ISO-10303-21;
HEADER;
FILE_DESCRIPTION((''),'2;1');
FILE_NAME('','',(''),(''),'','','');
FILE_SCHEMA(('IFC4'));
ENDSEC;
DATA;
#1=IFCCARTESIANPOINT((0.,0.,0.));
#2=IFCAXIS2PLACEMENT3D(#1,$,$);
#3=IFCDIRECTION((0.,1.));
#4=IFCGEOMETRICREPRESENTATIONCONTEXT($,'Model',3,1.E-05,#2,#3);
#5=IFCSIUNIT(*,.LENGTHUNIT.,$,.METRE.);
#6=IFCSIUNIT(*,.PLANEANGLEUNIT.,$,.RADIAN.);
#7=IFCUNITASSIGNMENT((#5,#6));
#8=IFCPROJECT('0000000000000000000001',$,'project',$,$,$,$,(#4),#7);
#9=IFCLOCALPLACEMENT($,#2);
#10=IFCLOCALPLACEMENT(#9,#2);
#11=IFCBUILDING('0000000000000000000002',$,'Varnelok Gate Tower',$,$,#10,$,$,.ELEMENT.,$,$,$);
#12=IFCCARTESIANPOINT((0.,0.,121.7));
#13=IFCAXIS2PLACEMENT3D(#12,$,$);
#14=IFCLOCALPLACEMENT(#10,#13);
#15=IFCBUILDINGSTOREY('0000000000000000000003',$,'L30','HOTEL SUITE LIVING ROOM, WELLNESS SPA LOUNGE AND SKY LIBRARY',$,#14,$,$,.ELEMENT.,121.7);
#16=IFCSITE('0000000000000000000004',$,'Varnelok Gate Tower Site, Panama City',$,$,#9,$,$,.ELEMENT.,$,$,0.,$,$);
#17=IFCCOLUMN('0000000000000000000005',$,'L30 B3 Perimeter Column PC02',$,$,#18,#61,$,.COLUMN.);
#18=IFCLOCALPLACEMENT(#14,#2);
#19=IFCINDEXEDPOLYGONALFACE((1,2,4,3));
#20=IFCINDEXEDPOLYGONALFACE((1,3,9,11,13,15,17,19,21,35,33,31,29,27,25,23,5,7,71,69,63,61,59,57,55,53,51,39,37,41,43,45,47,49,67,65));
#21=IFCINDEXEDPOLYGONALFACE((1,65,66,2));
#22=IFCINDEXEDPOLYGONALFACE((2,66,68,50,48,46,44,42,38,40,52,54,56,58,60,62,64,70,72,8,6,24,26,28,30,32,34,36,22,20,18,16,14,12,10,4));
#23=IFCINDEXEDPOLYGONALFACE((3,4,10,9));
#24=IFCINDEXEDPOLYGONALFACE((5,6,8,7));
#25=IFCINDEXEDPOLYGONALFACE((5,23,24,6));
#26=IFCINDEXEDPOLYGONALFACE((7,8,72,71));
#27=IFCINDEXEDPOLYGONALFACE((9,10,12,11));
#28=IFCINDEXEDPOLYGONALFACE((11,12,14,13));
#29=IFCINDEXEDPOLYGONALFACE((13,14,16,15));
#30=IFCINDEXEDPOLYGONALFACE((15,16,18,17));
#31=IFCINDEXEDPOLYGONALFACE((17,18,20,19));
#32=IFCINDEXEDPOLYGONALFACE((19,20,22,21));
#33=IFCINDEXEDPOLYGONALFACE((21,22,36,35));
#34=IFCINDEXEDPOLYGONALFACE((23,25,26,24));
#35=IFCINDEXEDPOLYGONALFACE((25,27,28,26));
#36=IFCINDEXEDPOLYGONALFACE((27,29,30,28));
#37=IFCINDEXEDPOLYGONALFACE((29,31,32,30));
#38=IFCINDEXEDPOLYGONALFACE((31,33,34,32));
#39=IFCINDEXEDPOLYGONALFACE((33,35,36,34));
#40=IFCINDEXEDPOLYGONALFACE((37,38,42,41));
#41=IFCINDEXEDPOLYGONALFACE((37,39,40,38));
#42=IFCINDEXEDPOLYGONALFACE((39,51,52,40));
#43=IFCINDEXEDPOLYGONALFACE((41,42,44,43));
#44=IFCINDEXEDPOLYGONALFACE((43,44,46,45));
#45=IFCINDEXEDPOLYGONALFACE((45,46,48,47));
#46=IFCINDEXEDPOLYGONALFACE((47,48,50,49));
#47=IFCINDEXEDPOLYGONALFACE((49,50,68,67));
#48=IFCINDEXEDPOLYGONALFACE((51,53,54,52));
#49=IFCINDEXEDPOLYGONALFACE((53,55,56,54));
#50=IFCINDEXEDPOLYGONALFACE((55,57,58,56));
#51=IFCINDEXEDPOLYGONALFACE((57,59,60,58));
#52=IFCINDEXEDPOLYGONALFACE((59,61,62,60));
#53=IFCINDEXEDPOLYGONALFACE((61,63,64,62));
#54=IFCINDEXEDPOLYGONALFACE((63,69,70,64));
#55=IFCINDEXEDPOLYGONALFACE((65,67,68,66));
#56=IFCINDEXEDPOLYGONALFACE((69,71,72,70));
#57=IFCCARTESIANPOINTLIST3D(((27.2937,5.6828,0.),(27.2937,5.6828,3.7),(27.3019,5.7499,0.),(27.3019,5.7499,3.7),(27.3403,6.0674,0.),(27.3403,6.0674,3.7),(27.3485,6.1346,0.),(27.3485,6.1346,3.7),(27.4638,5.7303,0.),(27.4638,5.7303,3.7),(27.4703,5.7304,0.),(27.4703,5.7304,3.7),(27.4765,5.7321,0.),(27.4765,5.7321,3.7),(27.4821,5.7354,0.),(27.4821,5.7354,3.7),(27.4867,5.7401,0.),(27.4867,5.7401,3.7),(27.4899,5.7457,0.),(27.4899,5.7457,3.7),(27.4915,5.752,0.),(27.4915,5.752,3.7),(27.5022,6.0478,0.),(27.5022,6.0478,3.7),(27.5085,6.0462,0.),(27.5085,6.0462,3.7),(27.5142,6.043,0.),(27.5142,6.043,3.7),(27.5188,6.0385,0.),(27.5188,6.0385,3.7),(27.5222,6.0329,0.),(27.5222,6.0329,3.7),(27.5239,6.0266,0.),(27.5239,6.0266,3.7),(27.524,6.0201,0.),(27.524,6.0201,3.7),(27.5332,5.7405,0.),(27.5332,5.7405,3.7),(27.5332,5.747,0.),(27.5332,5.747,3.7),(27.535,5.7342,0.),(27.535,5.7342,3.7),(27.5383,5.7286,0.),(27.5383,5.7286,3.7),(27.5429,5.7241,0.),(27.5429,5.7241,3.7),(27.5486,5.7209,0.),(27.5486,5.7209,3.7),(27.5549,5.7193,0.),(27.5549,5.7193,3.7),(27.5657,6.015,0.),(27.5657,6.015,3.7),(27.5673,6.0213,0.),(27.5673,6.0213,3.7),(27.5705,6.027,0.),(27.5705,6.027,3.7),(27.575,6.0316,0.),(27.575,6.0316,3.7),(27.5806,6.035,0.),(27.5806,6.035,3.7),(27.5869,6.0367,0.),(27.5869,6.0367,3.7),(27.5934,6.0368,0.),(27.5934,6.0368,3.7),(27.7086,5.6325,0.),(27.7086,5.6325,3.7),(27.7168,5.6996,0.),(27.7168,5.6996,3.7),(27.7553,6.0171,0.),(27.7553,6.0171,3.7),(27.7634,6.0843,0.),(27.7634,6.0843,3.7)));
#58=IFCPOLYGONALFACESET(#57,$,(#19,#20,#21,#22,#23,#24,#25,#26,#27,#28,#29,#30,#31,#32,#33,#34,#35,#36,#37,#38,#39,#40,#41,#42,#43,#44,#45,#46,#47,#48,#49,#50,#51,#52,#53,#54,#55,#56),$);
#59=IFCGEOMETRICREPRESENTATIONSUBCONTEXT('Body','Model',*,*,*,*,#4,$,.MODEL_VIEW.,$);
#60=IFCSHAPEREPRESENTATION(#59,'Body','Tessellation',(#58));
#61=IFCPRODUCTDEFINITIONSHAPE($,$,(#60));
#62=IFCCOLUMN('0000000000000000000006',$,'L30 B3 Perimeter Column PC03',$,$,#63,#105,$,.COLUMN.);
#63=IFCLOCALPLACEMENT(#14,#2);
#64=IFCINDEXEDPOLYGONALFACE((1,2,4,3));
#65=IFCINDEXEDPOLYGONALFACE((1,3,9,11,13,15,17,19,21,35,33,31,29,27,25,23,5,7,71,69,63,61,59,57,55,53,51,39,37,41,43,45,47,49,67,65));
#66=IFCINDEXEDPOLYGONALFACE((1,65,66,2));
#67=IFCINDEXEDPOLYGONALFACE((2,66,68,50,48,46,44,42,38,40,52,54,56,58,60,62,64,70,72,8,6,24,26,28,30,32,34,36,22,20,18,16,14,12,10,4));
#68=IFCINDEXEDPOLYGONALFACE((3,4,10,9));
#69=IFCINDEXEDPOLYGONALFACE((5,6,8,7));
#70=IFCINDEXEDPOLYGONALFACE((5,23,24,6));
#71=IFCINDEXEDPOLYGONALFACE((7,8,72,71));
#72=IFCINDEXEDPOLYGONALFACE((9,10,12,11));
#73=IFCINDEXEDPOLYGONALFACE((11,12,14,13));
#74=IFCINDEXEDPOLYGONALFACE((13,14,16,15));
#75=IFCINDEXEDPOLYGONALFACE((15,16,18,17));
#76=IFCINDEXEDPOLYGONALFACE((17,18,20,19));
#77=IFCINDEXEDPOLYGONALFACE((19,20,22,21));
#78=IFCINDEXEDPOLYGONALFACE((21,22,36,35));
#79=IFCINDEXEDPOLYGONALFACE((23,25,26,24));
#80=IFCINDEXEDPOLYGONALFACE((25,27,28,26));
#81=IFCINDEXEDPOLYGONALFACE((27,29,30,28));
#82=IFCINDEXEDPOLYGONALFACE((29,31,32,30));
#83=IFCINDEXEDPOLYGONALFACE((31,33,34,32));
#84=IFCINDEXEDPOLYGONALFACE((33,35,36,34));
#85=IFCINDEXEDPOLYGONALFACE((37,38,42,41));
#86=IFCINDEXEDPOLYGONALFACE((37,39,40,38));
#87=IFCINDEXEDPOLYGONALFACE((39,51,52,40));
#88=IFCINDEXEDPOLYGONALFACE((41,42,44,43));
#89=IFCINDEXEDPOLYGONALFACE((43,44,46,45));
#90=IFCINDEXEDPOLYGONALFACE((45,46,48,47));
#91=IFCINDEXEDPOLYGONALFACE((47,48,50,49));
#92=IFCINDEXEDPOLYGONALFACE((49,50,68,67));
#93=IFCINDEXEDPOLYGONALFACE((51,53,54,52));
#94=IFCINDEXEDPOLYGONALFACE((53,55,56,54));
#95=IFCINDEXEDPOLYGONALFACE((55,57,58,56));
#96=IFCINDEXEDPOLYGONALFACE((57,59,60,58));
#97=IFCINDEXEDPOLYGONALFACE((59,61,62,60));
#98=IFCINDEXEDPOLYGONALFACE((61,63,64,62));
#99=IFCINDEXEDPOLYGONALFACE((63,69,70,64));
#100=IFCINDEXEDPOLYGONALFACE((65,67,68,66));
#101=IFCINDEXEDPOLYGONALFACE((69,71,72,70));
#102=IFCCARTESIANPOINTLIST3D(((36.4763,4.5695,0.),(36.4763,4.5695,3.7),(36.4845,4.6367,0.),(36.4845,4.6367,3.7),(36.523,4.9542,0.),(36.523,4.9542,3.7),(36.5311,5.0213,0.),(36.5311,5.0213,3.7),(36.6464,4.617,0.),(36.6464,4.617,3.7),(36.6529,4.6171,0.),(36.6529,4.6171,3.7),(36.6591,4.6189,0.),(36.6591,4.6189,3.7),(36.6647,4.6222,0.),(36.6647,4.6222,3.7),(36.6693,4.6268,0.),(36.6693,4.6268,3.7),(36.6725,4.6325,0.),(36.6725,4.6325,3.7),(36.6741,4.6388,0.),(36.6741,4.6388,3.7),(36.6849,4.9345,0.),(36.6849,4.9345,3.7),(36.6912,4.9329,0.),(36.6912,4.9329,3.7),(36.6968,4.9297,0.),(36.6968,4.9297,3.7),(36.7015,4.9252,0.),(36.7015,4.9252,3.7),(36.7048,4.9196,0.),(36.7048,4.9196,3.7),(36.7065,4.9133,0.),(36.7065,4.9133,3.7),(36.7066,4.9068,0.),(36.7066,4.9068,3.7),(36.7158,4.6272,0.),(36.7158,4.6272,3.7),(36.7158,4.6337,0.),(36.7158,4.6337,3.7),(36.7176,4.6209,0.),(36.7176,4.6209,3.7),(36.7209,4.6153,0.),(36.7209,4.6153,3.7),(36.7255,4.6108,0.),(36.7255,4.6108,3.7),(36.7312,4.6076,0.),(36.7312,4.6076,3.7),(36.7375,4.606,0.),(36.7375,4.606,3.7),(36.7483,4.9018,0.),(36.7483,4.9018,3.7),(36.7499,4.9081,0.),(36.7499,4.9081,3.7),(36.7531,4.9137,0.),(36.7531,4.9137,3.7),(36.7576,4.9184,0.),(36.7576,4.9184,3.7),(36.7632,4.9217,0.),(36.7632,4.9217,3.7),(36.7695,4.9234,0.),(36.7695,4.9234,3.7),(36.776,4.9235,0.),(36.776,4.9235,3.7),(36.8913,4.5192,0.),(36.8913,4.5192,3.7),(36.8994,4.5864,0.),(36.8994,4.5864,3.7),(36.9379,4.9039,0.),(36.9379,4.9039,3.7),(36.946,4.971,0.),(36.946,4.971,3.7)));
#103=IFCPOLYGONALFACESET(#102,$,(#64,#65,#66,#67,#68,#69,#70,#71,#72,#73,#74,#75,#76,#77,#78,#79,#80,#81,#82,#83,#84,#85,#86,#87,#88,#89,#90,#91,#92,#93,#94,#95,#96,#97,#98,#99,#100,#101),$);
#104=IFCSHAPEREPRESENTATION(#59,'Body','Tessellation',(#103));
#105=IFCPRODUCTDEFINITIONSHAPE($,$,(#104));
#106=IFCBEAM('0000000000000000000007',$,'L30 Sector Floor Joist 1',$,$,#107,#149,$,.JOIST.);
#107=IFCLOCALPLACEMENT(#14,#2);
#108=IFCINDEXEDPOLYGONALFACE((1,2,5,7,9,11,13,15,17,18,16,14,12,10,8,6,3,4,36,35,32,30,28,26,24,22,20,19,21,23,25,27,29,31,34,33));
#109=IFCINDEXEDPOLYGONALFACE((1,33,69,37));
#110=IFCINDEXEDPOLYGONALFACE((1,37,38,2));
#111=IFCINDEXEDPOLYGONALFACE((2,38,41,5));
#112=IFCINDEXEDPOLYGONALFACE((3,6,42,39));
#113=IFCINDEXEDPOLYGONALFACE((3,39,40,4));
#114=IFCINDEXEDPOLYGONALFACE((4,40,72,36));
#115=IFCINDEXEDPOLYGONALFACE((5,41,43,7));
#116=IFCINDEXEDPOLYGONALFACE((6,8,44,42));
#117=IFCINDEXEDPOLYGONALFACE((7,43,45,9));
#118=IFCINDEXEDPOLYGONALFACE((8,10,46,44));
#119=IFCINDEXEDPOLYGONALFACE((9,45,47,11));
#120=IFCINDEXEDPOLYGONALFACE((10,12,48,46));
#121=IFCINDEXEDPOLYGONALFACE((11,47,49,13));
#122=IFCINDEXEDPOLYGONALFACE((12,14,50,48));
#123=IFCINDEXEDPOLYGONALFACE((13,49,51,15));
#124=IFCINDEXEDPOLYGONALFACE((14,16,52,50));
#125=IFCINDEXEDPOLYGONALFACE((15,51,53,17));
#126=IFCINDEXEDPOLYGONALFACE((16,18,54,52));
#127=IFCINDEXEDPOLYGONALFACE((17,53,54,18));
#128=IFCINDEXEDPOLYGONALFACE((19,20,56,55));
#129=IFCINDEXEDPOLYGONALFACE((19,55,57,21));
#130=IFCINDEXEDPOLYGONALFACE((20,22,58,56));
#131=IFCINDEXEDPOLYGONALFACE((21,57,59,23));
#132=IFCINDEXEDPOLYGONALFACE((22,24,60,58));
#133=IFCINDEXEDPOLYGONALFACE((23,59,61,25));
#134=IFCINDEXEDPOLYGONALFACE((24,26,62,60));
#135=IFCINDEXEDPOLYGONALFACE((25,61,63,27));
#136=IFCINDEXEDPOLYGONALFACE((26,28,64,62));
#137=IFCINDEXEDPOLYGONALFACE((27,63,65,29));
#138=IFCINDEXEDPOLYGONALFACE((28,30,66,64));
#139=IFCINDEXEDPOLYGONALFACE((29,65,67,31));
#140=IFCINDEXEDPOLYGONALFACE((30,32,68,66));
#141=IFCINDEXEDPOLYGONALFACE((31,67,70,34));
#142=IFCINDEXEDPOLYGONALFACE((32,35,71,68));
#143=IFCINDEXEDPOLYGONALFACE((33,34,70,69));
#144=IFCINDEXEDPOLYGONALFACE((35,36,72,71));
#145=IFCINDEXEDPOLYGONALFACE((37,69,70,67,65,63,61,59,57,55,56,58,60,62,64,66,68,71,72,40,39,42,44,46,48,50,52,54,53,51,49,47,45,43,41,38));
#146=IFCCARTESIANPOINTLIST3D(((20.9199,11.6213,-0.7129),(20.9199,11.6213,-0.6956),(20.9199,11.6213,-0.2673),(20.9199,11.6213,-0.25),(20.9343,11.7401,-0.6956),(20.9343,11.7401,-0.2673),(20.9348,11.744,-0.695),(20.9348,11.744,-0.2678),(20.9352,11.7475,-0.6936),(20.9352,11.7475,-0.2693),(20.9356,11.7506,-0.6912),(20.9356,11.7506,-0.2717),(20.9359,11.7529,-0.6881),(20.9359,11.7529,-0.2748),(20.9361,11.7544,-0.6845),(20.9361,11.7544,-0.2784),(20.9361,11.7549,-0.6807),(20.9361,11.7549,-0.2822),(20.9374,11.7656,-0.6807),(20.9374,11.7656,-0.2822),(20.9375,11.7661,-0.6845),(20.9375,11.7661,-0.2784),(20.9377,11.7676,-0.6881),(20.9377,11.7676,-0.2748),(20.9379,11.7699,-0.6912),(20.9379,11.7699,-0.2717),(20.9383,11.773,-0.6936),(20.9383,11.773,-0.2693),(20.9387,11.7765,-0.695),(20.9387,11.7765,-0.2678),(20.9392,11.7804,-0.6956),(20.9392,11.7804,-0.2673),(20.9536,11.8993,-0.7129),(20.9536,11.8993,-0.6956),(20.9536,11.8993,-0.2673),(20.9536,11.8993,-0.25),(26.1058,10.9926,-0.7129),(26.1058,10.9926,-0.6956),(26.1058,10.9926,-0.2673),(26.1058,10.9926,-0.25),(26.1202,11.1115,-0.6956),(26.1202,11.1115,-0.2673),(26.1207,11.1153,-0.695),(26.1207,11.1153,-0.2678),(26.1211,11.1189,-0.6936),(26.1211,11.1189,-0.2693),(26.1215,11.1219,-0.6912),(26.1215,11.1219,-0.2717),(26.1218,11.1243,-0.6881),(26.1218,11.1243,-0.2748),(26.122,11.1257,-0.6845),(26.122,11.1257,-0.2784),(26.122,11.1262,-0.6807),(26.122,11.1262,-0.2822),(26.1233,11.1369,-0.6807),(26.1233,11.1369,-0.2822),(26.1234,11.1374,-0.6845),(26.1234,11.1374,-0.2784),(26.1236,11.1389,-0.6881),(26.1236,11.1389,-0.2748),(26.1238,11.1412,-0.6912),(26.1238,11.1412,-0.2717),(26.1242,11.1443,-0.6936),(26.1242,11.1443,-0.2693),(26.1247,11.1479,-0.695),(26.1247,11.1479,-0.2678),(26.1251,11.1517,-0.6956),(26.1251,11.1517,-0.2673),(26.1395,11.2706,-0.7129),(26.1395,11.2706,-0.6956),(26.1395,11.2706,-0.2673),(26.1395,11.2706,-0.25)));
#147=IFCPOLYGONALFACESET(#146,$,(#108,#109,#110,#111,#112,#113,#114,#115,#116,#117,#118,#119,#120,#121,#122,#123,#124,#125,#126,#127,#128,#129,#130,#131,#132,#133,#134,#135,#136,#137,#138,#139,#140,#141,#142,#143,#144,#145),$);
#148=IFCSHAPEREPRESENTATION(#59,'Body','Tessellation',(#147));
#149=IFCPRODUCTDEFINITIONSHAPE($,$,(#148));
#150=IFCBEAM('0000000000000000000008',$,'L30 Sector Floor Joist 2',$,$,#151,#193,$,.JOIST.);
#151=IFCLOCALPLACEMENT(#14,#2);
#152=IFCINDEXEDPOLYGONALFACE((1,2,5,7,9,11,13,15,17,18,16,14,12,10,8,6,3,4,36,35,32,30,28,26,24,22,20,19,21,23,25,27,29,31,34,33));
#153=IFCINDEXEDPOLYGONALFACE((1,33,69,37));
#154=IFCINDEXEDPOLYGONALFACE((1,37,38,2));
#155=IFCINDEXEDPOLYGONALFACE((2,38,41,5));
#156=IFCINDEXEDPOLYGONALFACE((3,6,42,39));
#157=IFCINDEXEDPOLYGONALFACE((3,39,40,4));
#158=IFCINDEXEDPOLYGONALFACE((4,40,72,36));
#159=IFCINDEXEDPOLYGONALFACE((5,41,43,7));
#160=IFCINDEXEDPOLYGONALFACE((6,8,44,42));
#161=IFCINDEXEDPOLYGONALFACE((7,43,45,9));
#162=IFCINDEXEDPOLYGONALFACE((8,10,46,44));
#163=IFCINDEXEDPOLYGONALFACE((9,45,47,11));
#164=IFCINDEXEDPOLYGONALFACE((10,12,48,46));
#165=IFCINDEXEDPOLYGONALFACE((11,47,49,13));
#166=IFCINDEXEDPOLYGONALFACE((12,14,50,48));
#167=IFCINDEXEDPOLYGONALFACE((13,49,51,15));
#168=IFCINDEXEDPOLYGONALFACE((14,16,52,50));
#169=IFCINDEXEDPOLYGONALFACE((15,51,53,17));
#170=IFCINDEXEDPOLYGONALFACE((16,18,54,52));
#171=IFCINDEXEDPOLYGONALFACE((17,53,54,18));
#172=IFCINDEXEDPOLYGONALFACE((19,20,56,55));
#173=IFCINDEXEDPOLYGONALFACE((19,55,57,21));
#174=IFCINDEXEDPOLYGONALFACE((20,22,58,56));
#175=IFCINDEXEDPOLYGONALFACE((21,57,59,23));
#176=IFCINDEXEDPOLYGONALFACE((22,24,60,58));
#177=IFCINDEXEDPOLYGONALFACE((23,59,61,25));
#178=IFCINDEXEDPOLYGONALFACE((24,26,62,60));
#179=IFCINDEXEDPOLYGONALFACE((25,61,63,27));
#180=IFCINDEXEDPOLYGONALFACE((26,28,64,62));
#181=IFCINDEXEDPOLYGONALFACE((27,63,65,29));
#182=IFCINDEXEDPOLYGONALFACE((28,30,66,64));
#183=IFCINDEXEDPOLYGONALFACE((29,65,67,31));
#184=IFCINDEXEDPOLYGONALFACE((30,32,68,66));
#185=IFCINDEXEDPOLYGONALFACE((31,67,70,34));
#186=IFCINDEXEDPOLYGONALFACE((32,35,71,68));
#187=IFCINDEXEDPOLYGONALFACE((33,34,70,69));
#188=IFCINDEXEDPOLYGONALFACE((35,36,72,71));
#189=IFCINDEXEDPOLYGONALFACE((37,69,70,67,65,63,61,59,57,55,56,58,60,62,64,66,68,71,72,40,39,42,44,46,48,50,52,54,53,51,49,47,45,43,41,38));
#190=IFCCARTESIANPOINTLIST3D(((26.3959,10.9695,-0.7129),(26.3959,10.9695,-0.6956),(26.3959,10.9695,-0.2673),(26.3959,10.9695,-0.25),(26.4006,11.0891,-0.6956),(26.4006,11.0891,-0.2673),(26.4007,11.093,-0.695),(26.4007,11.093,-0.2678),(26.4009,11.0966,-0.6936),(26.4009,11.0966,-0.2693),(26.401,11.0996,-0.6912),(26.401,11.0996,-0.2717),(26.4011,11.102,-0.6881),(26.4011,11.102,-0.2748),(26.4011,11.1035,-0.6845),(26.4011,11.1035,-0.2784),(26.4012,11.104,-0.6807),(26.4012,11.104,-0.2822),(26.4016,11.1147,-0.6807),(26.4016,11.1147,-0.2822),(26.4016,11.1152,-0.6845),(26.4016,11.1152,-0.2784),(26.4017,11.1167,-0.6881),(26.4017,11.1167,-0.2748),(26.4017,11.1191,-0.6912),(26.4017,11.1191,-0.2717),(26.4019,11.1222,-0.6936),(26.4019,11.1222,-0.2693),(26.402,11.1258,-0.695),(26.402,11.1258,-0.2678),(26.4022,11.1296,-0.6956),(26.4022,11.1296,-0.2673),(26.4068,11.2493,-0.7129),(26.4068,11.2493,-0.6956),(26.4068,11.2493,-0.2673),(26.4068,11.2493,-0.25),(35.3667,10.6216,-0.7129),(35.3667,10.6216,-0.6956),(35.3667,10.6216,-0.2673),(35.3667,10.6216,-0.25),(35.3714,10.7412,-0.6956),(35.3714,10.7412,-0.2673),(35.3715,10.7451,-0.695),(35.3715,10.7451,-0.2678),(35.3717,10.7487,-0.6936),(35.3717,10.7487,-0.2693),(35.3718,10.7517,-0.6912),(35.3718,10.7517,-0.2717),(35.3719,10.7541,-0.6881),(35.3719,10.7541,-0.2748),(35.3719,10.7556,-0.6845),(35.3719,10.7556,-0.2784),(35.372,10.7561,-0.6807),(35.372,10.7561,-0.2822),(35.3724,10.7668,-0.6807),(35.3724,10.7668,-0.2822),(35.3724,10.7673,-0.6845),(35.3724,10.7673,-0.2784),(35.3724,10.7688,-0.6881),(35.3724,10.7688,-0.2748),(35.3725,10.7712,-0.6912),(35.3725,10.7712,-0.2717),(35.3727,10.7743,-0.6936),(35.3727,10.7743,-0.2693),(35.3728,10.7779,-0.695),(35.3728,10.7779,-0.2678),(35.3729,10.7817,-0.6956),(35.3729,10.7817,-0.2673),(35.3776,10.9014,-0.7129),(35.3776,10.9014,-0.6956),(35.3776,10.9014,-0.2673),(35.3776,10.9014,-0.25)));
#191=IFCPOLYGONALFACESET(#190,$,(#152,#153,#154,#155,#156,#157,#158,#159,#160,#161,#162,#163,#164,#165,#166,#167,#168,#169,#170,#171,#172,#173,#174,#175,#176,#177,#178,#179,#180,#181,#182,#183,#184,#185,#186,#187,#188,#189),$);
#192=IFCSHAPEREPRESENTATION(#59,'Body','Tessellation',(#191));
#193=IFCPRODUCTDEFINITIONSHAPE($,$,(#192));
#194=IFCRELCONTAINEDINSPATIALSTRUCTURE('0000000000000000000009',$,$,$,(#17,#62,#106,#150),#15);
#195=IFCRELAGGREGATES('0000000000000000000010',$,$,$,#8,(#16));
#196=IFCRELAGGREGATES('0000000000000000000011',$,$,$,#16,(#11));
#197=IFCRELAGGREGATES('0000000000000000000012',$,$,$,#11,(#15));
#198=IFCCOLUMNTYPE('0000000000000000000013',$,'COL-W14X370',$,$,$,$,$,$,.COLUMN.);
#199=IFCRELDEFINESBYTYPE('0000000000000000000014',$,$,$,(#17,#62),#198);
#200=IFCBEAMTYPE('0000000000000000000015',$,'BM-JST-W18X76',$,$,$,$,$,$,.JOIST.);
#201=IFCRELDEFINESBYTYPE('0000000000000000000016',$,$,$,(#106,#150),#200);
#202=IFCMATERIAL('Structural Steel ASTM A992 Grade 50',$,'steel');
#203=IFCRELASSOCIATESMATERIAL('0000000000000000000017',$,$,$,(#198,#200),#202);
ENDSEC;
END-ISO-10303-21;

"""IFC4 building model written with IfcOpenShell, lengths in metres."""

from ifc_helpers import new_model, si_unit, direction, frame, origin, origin_2d, place, context, subcontext, project, spatial, i_section, extrude, material, material_profile, profile_set, type_object, element, save


model = new_model("IFC4")

# Units and contexts
model_context = context("Model", 3, precision=1e-05, world=origin(), true_north=direction((0.0, 1.0)))
body_context = subcontext(model_context, "Body", "Model", "MODEL_VIEW")
ifc_project = project(units=[si_unit("LENGTHUNIT", "METRE"), si_unit("PLANEANGLEUNIT", "RADIAN")], contexts=[model_context])

# Site, building, storey
site_placement = place(None, origin())
site = spatial("IfcSite", under=ifc_project, at=site_placement, Name="Varnelok Gate Tower Site, Panama City", CompositionType="ELEMENT", RefElevation=0.0)
building_placement = place(site_placement, origin())
building = spatial("IfcBuilding", under=site, at=building_placement, Name="Varnelok Gate Tower", CompositionType="ELEMENT")
storey_placement = place(building_placement, frame((0.0, 0.0, 121.7)))
storey = spatial("IfcBuildingStorey", under=building, at=storey_placement, Name="L30", Description="HOTEL SUITE LIVING ROOM, WELLNESS SPA LOUNGE AND SKY LIBRARY", CompositionType="ELEMENT", Elevation=121.7)

# Columns
ifc_material_1 = material(Name="Structural Steel ASTM A992 Grade 50", Category="steel")
ifc_material_profile_1 = material_profile(ifc_material_1, i_section(OverallWidth=0.418, OverallDepth=0.4551, WebThickness=0.042, FlangeThickness=0.0676, FilletRadius=0.0249, at=origin_2d()), Name="W14X370")
ifc_profile_set_1 = profile_set([ifc_material_profile_1], Name="Structural Steel ASTM A992 Grade 50")
column_type = type_object("IfcColumnType", Name="COL-W14X370", PredefinedType="COLUMN", material=ifc_profile_set_1)
for number, where, z_axis, x_axis, name in (
    (1, (27.5286, 5.8835, 0.0), (0.0, 0.0, 1.0), (0.992732, -0.120345, 0.0), "L30 B3 Perimeter Column PC02"),
    (2, (36.7112, 4.7703, 0.0), (0.0, 0.0, 1.0), (0.992732, -0.120345, 0.0), "L30 B3 Perimeter Column PC03"),
):
    element("IfcColumn", number, at=place(storey_placement, frame(where, z_axis=z_axis, x_axis=x_axis)), inside=storey, type_object=column_type, Name=name, PredefinedType="COLUMN", context=body_context, shape_type="SweptSolid", body=[
        extrude(i_section(OverallWidth=0.418, OverallDepth=0.4551, WebThickness=0.042, FlangeThickness=0.0676, FilletRadius=0.0249, at=origin_2d()), origin(), (0.0, 0.0, 1.0), 3.7),
    ])

# Beams
ifc_material_profile_2 = material_profile(ifc_material_1, i_section(OverallWidth=0.28, OverallDepth=0.4629, WebThickness=0.0107, FlangeThickness=0.0173, FilletRadius=0.0149, at=origin_2d()), Name="W18X76")
ifc_profile_set_2 = profile_set([ifc_material_profile_2], Name="Structural Steel ASTM A992 Grade 50")
beam_type_1 = type_object("IfcBeamType", Name="BM-JST-W18X76", PredefinedType="JOIST", material=ifc_profile_set_2)
beam_1_placement = place(storey_placement, frame((20.9368, 11.7603, -0.4814), z_axis=(0.992732, -0.120347, 0.0), x_axis=(0.120347, 0.992732, 0.0)))
element("IfcBeam", 3, at=beam_1_placement, inside=storey, type_object=beam_type_1, Name="L30 Sector Floor Joist 1", PredefinedType="JOIST", context=body_context, shape_type="SweptSolid", body=[
    extrude(i_section(OverallWidth=0.28, OverallDepth=0.4629, WebThickness=0.0107, FlangeThickness=0.0173, FilletRadius=0.0149, at=origin_2d()), origin(), (0.0, 0.0, 1.0), 5.2239),
])
beam_2_placement = place(storey_placement, frame((26.4014, 11.1094, -0.4814), z_axis=(0.999249, -0.038753, 0.0), x_axis=(0.038753, 0.999249, 0.0)))
element("IfcBeam", 4, at=beam_2_placement, inside=storey, type_object=beam_type_1, Name="L30 Sector Floor Joist 2", PredefinedType="JOIST", context=body_context, shape_type="SweptSolid", body=[
    extrude(i_section(OverallWidth=0.28, OverallDepth=0.4629, WebThickness=0.0107, FlangeThickness=0.0173, FilletRadius=0.0149, at=origin_2d()), origin(), (0.0, 0.0, 1.0), 8.9775),
])

save(model, "model.ifc")
